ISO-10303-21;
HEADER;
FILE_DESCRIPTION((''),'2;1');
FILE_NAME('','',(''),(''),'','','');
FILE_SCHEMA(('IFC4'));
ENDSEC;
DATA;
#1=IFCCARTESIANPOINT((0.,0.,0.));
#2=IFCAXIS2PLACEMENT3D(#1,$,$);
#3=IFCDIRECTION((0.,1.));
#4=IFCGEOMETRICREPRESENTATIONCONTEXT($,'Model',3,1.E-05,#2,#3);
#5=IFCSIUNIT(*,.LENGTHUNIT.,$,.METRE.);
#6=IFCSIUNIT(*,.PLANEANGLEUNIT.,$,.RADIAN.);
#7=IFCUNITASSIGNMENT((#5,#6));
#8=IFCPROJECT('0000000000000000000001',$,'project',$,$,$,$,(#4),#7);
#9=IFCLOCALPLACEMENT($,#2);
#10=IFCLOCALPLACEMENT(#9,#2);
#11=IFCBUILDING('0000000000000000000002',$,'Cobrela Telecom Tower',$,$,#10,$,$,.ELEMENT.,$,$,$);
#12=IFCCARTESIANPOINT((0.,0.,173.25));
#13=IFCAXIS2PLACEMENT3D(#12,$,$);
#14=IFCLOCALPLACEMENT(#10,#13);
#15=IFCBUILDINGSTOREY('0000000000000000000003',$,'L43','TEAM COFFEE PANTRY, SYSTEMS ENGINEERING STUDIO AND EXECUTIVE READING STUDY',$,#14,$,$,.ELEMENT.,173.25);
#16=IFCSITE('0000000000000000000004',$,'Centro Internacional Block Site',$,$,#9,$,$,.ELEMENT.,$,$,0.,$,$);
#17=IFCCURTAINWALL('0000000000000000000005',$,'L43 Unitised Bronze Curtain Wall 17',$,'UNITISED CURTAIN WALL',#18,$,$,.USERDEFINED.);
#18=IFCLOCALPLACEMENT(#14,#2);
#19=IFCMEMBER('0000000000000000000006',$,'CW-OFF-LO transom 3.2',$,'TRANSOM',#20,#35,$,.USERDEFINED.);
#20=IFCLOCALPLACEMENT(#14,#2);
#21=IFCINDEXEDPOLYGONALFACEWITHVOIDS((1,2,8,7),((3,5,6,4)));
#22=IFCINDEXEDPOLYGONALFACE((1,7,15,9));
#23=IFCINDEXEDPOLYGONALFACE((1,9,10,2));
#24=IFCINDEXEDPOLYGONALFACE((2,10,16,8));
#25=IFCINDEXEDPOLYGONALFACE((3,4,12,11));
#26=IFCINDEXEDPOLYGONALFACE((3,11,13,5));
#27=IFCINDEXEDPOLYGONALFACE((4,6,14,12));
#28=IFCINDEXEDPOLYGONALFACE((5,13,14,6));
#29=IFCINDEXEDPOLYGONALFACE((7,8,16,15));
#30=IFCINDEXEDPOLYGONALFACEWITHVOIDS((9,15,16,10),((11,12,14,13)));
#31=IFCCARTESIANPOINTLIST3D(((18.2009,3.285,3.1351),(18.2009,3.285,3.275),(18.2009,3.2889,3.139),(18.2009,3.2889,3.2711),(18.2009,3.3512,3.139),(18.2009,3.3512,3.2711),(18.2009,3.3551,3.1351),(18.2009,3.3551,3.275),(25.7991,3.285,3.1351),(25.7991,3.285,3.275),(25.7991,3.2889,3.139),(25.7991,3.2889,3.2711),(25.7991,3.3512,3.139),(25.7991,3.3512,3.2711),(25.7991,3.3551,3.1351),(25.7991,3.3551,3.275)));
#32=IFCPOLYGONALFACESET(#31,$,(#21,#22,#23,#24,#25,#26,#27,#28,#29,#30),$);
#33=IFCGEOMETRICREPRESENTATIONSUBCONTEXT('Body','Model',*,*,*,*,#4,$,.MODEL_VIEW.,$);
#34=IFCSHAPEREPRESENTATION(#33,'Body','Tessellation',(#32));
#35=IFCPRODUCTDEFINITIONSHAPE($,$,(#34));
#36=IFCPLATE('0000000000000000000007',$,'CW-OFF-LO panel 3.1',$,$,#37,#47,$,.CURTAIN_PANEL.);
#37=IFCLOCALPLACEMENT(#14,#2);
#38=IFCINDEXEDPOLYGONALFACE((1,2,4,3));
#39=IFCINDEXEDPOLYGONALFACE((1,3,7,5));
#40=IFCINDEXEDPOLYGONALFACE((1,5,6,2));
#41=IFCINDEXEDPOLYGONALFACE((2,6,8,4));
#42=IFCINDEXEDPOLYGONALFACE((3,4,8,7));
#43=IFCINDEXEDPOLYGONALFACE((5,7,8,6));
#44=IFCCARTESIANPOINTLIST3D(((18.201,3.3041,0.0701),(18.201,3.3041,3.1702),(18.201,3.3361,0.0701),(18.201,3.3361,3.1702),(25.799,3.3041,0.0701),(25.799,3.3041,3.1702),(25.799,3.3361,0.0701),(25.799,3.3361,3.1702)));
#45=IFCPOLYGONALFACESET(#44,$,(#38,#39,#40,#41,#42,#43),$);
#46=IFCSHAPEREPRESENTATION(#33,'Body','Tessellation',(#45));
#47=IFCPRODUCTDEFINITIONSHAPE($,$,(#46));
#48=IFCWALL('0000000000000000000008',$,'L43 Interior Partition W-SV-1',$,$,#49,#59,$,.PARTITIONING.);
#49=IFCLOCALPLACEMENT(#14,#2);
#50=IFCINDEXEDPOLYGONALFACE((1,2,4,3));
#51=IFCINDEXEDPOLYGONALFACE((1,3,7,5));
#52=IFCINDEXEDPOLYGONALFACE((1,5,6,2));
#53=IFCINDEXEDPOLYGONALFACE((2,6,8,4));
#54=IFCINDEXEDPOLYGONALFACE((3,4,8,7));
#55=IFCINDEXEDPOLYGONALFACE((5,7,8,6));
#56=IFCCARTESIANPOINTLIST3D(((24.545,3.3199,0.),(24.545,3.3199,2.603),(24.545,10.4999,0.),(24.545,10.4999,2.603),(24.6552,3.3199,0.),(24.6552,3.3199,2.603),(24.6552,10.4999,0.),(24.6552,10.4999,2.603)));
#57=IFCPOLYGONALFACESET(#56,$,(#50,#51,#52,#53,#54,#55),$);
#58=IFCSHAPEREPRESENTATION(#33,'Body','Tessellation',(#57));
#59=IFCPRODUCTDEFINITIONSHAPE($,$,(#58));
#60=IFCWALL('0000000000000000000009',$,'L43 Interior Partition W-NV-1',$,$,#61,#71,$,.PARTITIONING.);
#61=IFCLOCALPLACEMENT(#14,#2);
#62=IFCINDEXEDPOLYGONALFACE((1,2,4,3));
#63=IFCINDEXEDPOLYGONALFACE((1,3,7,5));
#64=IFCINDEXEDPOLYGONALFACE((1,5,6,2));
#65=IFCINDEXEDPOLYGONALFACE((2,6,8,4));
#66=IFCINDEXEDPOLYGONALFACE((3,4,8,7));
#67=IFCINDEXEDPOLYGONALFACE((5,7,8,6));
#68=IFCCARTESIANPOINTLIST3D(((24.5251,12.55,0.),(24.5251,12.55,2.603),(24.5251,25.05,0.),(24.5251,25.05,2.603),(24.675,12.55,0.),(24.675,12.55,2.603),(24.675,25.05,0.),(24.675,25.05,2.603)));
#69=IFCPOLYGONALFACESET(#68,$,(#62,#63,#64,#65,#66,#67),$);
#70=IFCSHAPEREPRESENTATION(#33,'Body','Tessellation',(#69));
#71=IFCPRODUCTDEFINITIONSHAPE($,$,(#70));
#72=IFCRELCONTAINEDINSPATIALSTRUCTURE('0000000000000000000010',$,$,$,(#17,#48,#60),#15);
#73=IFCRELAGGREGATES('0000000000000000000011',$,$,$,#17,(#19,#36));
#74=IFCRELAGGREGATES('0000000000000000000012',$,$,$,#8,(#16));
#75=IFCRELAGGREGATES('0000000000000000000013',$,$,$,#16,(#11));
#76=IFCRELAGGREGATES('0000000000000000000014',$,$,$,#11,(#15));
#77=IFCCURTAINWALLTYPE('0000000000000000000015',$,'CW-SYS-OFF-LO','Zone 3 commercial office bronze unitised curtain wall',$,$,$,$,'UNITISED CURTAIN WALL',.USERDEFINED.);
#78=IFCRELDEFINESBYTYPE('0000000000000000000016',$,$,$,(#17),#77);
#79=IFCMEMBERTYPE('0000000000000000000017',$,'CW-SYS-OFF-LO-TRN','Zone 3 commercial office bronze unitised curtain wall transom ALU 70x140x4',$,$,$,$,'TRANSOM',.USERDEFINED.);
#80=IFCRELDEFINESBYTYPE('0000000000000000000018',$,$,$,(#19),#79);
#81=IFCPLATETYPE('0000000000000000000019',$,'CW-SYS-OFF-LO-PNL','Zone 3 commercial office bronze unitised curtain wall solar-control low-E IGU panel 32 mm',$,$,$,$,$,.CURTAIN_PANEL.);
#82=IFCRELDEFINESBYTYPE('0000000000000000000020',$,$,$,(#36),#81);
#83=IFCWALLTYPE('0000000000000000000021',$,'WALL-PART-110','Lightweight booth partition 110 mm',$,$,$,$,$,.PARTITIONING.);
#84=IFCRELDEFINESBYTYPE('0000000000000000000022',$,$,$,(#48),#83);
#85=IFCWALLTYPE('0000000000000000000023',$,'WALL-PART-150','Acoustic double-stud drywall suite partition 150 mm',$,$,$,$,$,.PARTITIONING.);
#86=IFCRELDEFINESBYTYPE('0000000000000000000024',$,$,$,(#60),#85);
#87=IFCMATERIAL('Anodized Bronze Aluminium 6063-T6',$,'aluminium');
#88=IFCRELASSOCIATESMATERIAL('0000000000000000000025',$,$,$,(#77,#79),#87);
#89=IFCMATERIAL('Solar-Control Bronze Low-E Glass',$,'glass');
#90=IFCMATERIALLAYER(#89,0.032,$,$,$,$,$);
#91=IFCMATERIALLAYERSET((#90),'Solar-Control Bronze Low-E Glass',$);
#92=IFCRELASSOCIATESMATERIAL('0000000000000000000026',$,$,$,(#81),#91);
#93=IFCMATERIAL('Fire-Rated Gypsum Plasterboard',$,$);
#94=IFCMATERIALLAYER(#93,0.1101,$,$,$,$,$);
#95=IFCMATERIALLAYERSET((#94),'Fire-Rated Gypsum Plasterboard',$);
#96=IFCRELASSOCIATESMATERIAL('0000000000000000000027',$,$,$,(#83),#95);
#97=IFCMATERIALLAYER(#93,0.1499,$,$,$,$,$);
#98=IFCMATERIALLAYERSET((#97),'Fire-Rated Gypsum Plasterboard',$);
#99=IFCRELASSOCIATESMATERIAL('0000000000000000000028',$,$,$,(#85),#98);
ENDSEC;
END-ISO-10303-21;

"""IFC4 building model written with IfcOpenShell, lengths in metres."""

from ifc_helpers import new_model, si_unit, direction, frame, frame_2d, origin, origin_2d, place, context, subcontext, project, spatial, rectangle, hollow_rectangle, extrude, material, layer, layer_set, material_profile, profile_set, type_object, element, aggregate, save


model = new_model("IFC4")

# Units and contexts
model_context = context("Model", 3, precision=1e-05, world=origin(), true_north=direction((0.0, 1.0)))
body_context = subcontext(model_context, "Body", "Model", "MODEL_VIEW")
ifc_project = project(units=[si_unit("LENGTHUNIT", "METRE"), si_unit("PLANEANGLEUNIT", "RADIAN")], contexts=[model_context])

# Site, building, storey
site_placement = place(None, origin())
site = spatial("IfcSite", under=ifc_project, at=site_placement, Name="Centro Internacional Block Site", CompositionType="ELEMENT", RefElevation=0.0)
building_placement = place(site_placement, origin())
building = spatial("IfcBuilding", under=site, at=building_placement, Name="Cobrela Telecom Tower", CompositionType="ELEMENT")
storey_placement = place(building_placement, frame((0.0, 0.0, 173.25)))
storey = spatial("IfcBuildingStorey", under=building, at=storey_placement, Name="L43", Description="TEAM COFFEE PANTRY, SYSTEMS ENGINEERING STUDIO AND EXECUTIVE READING STUDY", CompositionType="ELEMENT", Elevation=173.25)

# Curtain wall, member, plate
ifc_material_1 = material(Name="Anodized Bronze Aluminium 6063-T6", Category="aluminium")
curtain_wall_type = type_object("IfcCurtainWallType", Name="CW-SYS-OFF-LO", Description="Zone 3 commercial office bronze unitised curtain wall", ElementType="UNITISED CURTAIN WALL", PredefinedType="USERDEFINED", material=ifc_material_1)
curtain_wall_placement = place(storey_placement, origin())
curtain_wall = element("IfcCurtainWall", 1, at=curtain_wall_placement, inside=storey, type_object=curtain_wall_type, Name="L43 Unitised Bronze Curtain Wall 17", ObjectType="UNITISED CURTAIN WALL", PredefinedType="USERDEFINED")
ifc_material_profile_1 = material_profile(ifc_material_1, hollow_rectangle(XDim=0.0701, YDim=0.1399, WallThickness=0.0039, at=origin_2d()), Name="ALU 70x140x4")
ifc_profile_set_1 = profile_set([ifc_material_profile_1], Name="Anodized Bronze Aluminium 6063-T6")
member_type_1 = type_object("IfcMemberType", Name="CW-SYS-OFF-LO-TRN", Description="Zone 3 commercial office bronze unitised curtain wall transom ALU 70x140x4", ElementType="TRANSOM", PredefinedType="USERDEFINED", material=ifc_profile_set_1)
member_1_placement = place(storey_placement, frame((25.7991, 3.3201, 3.2051), z_axis=(-1.0, 0.0, 0.0), x_axis=(0.0, -1.0, 0.0)))
member_1 = element("IfcMember", 2, at=member_1_placement, type_object=member_type_1, Name="CW-OFF-LO transom 3.2", ObjectType="TRANSOM", PredefinedType="USERDEFINED", context=body_context, shape_type="SweptSolid", body=[
    extrude(hollow_rectangle(XDim=0.0701, YDim=0.1399, WallThickness=0.0039, at=origin_2d()), origin(), (0.0, 0.0, 1.0), 7.5981),
])
ifc_material_2 = material(Name="Solar-Control Bronze Low-E Glass", Category="glass")
ifc_layer_1 = layer(ifc_material_2, 0.032)
ifc_layer_set_1 = layer_set([ifc_layer_1], Name="Solar-Control Bronze Low-E Glass")
plate_type = type_object("IfcPlateType", Name="CW-SYS-OFF-LO-PNL", Description="Zone 3 commercial office bronze unitised curtain wall solar-control low-E IGU panel 32 mm", PredefinedType="CURTAIN_PANEL", material=ifc_layer_set_1)
plate_placement = place(storey_placement, frame((22.0, 3.3201, 0.0701), z_axis=(0.0, 0.0, 1.0), x_axis=(-1.0, 0.0, 0.0)))
plate = element("IfcPlate", 3, at=plate_placement, type_object=plate_type, Name="CW-OFF-LO panel 3.1", PredefinedType="CURTAIN_PANEL", context=body_context, shape_type="SweptSolid", body=[
    extrude(rectangle(XDim=7.5979, YDim=0.032, at=origin_2d()), origin(), (0.0, 0.0, 1.0), 3.1001),
])
aggregate(curtain_wall, [member_1, plate])

# Walls
ifc_material_3 = material(Name="Fire-Rated Gypsum Plasterboard")
ifc_layer_2 = layer(ifc_material_3, 0.1101)
ifc_layer_set_2 = layer_set([ifc_layer_2], Name="Fire-Rated Gypsum Plasterboard")
wall_type_1 = type_object("IfcWallType", Name="WALL-PART-110", Description="Lightweight booth partition 110 mm", PredefinedType="PARTITIONING", material=ifc_layer_set_2)
wall_1_placement = place(storey_placement, frame((24.6001, 3.3201, 0.0), z_axis=(0.0, 0.0, 1.0), x_axis=(0.0, 1.0, 0.0)))
element("IfcWall", 4, at=wall_1_placement, inside=storey, type_object=wall_type_1, Name="L43 Interior Partition W-SV-1", PredefinedType="PARTITIONING", context=body_context, shape_type="SweptSolid", body=[
    extrude(rectangle(XDim=7.1799, YDim=0.1101, at=frame_2d((3.5898, 0.0))), origin(), (0.0, 0.0, 1.0), 2.603),
])
ifc_layer_3 = layer(ifc_material_3, 0.1499)
ifc_layer_set_3 = layer_set([ifc_layer_3], Name="Fire-Rated Gypsum Plasterboard")
wall_type_2 = type_object("IfcWallType", Name="WALL-PART-150", Description="Acoustic double-stud drywall suite partition 150 mm", PredefinedType="PARTITIONING", material=ifc_layer_set_3)
wall_2_placement = place(storey_placement, frame((24.6001, 12.55, 0.0), z_axis=(0.0, 0.0, 1.0), x_axis=(0.0, 1.0, 0.0)))
element("IfcWall", 5, at=wall_2_placement, inside=storey, type_object=wall_type_2, Name="L43 Interior Partition W-NV-1", PredefinedType="PARTITIONING", context=body_context, shape_type="SweptSolid", body=[
    extrude(rectangle(XDim=12.5, YDim=0.1499, at=frame_2d((6.25, 0.0))), origin(), (0.0, 0.0, 1.0), 2.603),
])

save(model, "model.ifc")
